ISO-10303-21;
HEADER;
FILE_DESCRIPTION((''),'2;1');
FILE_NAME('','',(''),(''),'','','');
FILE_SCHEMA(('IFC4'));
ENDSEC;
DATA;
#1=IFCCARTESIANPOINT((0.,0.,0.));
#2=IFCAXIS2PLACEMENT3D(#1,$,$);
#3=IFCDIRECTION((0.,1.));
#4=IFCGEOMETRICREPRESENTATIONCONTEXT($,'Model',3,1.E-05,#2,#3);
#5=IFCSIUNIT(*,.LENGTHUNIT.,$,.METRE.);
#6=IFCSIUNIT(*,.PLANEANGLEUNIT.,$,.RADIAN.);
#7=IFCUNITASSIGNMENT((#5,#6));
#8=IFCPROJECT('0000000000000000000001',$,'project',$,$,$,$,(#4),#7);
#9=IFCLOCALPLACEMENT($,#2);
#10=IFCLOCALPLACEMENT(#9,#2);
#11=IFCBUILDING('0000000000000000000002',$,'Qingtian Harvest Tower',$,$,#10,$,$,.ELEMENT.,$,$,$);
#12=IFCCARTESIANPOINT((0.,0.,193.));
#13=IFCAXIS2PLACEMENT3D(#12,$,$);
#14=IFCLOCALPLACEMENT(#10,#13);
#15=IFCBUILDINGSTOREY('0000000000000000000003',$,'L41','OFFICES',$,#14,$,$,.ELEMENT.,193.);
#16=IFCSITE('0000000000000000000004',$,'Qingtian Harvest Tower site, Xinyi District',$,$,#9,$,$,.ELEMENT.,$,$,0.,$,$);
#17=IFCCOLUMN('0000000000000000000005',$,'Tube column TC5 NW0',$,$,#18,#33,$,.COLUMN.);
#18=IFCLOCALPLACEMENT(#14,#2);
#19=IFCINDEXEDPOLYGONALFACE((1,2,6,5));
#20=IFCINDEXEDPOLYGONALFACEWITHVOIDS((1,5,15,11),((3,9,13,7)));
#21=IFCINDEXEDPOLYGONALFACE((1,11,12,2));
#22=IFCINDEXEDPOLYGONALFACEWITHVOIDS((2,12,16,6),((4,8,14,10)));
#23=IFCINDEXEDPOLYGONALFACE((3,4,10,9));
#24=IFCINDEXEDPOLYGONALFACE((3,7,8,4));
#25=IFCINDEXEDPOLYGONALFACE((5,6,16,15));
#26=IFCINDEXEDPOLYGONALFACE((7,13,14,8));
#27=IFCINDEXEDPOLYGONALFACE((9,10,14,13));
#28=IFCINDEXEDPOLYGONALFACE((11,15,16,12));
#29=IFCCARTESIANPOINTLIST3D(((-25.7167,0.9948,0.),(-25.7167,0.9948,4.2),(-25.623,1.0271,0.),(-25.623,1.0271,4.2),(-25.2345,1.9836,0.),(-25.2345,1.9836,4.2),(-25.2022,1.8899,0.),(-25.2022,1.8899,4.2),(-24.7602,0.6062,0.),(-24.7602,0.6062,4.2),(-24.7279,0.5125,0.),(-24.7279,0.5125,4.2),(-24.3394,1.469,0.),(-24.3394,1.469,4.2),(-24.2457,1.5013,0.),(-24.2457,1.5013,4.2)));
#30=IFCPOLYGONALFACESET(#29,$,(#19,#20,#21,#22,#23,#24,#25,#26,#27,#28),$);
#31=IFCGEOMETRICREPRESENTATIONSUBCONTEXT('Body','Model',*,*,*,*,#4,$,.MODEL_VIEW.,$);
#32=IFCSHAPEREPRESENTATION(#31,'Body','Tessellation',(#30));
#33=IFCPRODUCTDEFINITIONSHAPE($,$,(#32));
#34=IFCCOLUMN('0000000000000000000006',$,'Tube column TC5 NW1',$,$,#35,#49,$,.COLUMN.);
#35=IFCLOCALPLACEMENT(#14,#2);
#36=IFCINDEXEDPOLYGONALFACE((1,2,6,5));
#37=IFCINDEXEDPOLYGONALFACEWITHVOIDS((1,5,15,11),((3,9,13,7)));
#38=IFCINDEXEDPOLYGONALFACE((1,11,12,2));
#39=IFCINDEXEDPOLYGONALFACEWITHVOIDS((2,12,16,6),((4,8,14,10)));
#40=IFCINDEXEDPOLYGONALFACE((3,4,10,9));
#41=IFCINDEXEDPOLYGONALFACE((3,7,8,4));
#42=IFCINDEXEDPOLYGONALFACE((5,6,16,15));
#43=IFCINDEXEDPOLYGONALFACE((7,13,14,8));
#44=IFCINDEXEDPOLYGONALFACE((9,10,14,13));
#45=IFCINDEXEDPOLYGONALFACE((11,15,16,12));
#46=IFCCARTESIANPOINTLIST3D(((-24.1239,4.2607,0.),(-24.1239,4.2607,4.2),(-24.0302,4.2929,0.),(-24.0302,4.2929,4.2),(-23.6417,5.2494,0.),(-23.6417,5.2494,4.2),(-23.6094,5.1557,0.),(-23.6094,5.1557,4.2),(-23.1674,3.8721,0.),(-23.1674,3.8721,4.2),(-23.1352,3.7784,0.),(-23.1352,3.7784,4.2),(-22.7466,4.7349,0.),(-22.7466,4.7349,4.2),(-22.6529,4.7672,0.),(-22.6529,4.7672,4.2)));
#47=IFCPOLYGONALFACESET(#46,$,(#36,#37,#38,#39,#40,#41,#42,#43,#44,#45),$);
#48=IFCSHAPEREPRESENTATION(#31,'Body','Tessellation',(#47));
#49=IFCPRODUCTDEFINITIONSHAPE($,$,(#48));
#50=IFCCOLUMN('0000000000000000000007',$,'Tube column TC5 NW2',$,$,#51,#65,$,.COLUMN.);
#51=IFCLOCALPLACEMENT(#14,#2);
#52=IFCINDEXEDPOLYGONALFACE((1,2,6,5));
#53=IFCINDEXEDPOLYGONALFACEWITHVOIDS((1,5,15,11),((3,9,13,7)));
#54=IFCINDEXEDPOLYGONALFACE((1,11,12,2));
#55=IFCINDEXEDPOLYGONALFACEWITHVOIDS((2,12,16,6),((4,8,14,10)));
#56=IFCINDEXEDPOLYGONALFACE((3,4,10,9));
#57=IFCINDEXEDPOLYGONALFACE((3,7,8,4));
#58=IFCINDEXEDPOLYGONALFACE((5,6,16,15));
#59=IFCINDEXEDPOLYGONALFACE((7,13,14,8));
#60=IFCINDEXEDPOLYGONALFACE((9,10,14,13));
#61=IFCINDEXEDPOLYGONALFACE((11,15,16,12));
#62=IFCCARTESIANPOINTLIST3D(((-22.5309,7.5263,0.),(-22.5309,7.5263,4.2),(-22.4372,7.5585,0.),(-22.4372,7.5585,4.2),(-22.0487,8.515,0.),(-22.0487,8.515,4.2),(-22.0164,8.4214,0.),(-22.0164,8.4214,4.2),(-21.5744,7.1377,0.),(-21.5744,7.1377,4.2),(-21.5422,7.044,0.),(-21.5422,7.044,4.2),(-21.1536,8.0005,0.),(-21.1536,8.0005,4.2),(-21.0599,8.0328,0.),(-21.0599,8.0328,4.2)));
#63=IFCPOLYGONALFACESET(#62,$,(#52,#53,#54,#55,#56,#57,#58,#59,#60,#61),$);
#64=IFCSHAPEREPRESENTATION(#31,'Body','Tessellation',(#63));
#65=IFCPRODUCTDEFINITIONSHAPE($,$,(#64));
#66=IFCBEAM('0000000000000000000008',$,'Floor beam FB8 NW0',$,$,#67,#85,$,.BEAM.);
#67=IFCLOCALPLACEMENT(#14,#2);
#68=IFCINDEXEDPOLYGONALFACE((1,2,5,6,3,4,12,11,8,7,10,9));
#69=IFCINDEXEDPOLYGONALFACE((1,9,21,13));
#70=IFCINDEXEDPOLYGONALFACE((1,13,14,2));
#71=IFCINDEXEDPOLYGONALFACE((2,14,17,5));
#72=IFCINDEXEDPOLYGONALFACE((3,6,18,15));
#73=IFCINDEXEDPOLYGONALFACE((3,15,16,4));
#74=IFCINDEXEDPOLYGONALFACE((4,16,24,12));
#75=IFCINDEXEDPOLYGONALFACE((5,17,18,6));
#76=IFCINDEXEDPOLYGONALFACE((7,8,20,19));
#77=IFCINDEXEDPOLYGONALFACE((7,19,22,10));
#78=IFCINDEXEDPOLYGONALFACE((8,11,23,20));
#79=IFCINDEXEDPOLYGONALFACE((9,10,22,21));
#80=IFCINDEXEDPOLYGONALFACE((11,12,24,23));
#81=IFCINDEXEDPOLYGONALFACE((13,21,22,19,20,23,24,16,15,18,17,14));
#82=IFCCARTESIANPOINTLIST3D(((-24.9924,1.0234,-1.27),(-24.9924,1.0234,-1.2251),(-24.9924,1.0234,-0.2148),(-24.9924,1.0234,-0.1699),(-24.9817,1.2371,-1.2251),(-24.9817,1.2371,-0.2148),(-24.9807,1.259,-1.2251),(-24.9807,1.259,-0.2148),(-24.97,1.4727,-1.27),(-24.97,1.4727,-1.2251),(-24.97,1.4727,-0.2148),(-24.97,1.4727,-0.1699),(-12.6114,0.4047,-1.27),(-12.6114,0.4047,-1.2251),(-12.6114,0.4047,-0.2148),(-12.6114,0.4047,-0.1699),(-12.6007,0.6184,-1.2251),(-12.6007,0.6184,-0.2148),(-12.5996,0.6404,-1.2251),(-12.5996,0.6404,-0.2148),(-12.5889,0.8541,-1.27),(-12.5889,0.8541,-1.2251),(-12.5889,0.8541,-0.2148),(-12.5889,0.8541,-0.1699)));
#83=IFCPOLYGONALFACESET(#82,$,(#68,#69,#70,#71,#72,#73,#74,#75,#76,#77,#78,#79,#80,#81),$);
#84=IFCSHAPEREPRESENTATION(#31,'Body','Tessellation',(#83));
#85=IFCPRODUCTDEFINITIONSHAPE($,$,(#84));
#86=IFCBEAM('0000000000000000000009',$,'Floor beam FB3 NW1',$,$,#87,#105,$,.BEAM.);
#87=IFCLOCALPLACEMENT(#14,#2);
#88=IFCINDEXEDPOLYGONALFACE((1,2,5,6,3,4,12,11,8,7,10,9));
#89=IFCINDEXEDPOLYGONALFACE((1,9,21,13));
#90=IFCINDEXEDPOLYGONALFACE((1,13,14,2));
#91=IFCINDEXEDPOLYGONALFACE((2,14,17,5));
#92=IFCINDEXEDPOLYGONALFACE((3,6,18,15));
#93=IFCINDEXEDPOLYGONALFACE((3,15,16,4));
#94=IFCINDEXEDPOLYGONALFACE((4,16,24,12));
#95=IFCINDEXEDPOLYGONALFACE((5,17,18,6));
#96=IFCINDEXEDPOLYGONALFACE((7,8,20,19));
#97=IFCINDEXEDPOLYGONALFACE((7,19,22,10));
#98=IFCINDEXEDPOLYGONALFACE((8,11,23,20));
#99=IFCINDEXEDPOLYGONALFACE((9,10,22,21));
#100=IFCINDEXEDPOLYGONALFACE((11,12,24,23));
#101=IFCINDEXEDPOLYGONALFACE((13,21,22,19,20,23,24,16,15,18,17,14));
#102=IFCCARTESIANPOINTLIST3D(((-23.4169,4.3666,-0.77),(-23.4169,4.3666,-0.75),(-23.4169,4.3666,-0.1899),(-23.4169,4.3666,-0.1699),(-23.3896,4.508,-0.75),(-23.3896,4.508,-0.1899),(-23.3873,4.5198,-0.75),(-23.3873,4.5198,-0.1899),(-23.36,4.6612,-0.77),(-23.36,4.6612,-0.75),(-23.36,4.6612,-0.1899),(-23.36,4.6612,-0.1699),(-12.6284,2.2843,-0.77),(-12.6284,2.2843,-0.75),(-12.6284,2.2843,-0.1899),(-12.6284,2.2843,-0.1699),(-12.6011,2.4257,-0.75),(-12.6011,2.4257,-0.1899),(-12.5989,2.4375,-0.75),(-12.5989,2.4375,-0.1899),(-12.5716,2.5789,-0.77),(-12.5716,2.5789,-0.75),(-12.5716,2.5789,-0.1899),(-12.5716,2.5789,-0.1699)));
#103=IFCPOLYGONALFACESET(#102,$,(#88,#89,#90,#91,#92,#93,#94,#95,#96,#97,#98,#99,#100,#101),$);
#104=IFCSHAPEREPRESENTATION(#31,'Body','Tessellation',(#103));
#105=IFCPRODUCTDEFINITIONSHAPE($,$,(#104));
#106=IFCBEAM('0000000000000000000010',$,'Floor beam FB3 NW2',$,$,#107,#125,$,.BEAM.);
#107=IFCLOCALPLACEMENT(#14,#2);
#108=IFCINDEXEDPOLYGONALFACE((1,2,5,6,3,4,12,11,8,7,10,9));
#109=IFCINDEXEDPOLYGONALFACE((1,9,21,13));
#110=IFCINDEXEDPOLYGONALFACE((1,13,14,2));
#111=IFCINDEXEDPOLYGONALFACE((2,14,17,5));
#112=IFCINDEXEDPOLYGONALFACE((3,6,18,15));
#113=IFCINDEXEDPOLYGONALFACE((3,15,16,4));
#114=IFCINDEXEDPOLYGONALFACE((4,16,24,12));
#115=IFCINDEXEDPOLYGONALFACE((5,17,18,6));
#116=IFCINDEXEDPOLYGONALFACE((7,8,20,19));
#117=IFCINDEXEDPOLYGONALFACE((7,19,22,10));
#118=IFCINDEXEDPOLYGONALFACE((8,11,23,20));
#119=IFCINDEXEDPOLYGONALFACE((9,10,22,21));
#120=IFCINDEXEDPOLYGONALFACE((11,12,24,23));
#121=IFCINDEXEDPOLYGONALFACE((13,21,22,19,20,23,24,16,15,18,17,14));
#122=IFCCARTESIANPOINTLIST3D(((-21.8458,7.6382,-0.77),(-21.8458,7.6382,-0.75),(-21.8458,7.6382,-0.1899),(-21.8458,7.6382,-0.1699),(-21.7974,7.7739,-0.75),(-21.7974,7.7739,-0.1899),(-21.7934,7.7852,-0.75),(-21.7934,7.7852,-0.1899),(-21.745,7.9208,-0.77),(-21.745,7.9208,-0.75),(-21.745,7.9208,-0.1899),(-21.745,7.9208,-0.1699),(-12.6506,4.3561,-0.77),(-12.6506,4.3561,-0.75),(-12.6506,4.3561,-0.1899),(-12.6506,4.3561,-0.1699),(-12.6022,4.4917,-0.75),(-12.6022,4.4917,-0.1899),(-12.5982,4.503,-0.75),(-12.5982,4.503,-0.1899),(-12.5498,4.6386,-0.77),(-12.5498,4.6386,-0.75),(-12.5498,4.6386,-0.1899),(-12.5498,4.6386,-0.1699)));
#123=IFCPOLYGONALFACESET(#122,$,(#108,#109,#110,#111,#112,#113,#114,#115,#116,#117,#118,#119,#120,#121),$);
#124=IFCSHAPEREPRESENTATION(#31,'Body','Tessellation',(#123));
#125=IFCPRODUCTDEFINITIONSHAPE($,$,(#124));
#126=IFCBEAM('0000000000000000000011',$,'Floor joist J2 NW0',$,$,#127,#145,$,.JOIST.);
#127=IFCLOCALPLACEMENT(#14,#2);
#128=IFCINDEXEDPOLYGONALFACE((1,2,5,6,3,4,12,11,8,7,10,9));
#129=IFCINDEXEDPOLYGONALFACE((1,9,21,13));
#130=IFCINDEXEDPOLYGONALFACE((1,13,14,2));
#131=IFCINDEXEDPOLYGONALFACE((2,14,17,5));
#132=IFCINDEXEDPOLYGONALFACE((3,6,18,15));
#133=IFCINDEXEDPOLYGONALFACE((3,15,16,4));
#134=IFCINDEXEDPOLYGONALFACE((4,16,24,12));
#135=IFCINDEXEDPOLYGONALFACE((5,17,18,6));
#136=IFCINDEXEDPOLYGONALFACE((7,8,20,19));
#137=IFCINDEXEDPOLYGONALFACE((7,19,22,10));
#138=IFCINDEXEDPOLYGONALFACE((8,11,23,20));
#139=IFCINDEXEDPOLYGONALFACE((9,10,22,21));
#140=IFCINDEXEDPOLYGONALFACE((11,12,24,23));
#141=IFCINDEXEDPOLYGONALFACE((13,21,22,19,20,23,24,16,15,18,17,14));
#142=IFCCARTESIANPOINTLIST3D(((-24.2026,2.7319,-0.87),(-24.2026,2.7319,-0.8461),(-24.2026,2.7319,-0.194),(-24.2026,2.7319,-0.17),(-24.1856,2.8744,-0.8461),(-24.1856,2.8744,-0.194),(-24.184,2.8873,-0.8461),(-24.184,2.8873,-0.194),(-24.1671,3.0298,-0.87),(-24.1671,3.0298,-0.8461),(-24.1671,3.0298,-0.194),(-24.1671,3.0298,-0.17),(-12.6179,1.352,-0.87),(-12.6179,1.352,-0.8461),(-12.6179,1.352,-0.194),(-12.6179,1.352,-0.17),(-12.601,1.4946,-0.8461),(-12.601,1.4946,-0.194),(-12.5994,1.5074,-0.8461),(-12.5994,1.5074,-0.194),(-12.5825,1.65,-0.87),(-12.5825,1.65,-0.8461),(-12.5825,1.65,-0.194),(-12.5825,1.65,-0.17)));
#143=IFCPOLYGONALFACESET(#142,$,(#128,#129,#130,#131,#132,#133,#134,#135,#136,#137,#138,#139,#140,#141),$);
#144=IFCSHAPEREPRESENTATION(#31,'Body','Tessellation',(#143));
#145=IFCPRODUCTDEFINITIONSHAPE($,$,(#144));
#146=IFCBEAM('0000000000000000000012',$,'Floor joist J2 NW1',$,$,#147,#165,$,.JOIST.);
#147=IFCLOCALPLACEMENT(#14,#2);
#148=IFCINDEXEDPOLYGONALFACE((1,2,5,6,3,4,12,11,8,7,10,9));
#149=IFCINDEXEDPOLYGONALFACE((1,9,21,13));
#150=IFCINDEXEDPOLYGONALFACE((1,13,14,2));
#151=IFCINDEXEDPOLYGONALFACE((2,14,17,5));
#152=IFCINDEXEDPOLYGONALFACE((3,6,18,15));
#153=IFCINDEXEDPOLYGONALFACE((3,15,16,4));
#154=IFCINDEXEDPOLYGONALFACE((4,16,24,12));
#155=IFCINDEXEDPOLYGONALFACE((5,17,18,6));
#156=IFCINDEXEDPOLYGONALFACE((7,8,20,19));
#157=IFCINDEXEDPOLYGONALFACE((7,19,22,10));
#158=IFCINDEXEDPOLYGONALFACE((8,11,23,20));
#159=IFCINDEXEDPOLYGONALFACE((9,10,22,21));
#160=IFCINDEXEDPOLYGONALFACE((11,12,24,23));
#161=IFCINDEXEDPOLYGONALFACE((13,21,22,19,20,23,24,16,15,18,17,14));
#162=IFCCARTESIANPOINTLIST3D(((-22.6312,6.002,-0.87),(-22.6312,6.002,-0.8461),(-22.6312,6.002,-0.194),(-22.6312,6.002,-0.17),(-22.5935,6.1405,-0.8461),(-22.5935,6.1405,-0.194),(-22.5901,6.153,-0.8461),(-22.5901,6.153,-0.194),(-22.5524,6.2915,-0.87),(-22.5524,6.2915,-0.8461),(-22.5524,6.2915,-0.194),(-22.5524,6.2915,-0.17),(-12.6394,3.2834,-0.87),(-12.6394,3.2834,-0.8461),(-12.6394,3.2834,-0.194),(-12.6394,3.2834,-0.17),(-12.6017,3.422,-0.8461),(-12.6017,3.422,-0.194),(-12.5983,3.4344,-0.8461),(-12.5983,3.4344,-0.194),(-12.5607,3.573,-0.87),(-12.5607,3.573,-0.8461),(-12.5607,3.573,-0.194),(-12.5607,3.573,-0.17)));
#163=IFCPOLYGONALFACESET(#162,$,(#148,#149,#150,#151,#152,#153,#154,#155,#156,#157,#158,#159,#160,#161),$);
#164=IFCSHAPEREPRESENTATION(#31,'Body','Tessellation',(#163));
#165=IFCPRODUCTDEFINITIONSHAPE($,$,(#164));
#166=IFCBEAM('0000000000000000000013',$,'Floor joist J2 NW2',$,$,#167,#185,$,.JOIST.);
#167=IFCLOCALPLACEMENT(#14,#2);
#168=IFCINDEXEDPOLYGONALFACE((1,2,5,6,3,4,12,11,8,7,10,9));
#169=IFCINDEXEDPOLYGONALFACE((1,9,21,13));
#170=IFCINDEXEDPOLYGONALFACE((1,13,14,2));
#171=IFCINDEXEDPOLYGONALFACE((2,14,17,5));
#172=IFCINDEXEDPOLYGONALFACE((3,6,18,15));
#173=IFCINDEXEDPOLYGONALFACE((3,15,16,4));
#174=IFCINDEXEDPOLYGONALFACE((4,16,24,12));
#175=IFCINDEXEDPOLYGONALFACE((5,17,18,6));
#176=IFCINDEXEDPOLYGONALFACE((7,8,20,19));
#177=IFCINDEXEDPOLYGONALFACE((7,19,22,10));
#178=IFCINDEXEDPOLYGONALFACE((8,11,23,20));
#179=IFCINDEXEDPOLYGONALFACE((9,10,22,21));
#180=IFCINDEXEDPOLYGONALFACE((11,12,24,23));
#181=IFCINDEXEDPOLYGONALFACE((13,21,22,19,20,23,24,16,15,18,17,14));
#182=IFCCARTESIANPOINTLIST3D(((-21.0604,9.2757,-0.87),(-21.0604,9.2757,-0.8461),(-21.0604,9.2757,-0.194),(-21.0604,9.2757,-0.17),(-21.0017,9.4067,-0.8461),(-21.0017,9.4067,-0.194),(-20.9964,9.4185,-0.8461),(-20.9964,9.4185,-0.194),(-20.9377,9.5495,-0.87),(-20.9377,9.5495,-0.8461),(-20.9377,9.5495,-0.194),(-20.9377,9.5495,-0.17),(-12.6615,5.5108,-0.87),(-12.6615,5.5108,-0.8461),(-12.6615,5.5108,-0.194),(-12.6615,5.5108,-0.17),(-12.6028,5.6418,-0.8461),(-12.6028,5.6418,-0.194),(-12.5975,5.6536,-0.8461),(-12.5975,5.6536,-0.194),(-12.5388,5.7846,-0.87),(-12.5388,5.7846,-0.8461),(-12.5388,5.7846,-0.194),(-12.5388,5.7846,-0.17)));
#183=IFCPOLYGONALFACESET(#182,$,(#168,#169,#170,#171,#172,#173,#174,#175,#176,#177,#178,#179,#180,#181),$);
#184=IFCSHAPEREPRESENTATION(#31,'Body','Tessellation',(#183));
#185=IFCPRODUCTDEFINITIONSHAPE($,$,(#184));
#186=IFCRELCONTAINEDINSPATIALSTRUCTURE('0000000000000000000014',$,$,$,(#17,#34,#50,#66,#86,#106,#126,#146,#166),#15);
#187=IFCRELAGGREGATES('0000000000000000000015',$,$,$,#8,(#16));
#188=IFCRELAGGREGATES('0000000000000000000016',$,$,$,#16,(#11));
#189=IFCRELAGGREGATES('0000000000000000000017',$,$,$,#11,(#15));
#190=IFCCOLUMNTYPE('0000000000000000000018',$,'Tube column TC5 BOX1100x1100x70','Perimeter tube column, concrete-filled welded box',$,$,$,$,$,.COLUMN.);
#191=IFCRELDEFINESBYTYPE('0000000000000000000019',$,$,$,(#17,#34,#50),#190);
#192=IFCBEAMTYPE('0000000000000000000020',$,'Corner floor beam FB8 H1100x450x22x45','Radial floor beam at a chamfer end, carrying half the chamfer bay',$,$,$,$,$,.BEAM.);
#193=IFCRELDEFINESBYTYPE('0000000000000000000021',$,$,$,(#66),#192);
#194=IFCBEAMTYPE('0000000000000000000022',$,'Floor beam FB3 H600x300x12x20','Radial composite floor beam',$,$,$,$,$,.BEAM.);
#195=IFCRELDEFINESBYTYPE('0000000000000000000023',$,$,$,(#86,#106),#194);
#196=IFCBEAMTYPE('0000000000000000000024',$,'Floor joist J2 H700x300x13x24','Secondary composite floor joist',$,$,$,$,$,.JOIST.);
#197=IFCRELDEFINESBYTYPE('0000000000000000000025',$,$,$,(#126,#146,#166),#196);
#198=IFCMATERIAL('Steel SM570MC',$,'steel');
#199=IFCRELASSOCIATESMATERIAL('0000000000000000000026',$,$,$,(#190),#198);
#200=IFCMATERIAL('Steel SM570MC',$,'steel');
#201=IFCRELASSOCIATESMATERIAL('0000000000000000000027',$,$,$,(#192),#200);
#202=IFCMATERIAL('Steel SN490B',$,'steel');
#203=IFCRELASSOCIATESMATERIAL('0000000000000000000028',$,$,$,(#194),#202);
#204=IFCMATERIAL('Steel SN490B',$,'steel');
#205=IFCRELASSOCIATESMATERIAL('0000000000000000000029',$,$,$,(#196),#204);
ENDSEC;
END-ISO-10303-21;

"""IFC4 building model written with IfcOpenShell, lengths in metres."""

from ifc_helpers import new_model, si_unit, direction, frame, origin, origin_2d, place, context, subcontext, project, spatial, hollow_rectangle, i_section, extrude, material, material_profile, profile_set, type_object, element, save


model = new_model("IFC4")

# Units and contexts
model_context = context("Model", 3, precision=1e-05, world=origin(), true_north=direction((0.0, 1.0)))
body_context = subcontext(model_context, "Body", "Model", "MODEL_VIEW")
ifc_project = project(units=[si_unit("LENGTHUNIT", "METRE"), si_unit("PLANEANGLEUNIT", "RADIAN")], contexts=[model_context])

# Site, building, storey
site_placement = place(None, origin())
site = spatial("IfcSite", under=ifc_project, at=site_placement, Name="Qingtian Harvest Tower site, Xinyi District", CompositionType="ELEMENT", RefElevation=0.0)
building_placement = place(site_placement, origin())
building = spatial("IfcBuilding", under=site, at=building_placement, Name="Qingtian Harvest Tower", CompositionType="ELEMENT")
storey_placement = place(building_placement, frame((0.0, 0.0, 193.0)))
storey = spatial("IfcBuildingStorey", under=building, at=storey_placement, Name="L41", Description="OFFICES", CompositionType="ELEMENT", Elevation=193.0)

# Columns
ifc_material_1 = material(Name="Steel SM570MC", Category="steel")
ifc_material_profile_1 = material_profile(ifc_material_1, hollow_rectangle(XDim=1.1001, YDim=1.1001, WallThickness=0.0701, at=origin_2d()), Name="BOX1100x1100x70")
ifc_profile_set_1 = profile_set([ifc_material_profile_1], Name="Steel SM570MC")
column_type = type_object("IfcColumnType", Name="Tube column TC5 BOX1100x1100x70", Description="Perimeter tube column, concrete-filled welded box", PredefinedType="COLUMN", material=ifc_profile_set_1)
for number, where, z_axis, x_axis, name in (
    (1, (-24.9812, 1.248, 0.0), (0.0, 0.0, 1.0), (-0.438371, -0.898794, 0.0), "Tube column TC5 NW0"),
    (2, (-23.3884, 4.5139, 0.0), (0.0, 0.0, 1.0), (-0.438371, -0.898794, 0.0), "Tube column TC5 NW1"),
    (3, (-21.7954, 7.7795, 0.0), (0.0, 0.0, 1.0), (-0.438371, -0.898794, 0.0), "Tube column TC5 NW2"),
):
    element("IfcColumn", number, at=place(storey_placement, frame(where, z_axis=z_axis, x_axis=x_axis)), inside=storey, type_object=column_type, Name=name, PredefinedType="COLUMN", context=body_context, shape_type="SweptSolid", body=[
        extrude(hollow_rectangle(XDim=1.1001, YDim=1.1001, WallThickness=0.0701, at=origin_2d()), origin(), (0.0, 0.0, 1.0), 4.2),
    ])

# Beams
ifc_material_2 = material(Name="Steel SM570MC", Category="steel")
ifc_material_profile_2 = material_profile(ifc_material_2, i_section(OverallWidth=0.45, OverallDepth=1.1001, WebThickness=0.022, FlangeThickness=0.0449, at=origin_2d()), Name="H1100x450x22x45")
ifc_profile_set_2 = profile_set([ifc_material_profile_2], Name="Steel SM570MC")
beam_type_1 = type_object("IfcBeamType", Name="Corner floor beam FB8 H1100x450x22x45", Description="Radial floor beam at a chamfer end, carrying half the chamfer bay", PredefinedType="BEAM", material=ifc_profile_set_2)
beam_1_placement = place(storey_placement, frame((-24.9812, 1.248, -0.72), z_axis=(0.998754, -0.049905, 0.0), x_axis=(0.049905, 0.998754, 0.0)))
element("IfcBeam", 4, at=beam_1_placement, inside=storey, type_object=beam_type_1, Name="Floor beam FB8 NW0", PredefinedType="BEAM", context=body_context, shape_type="SweptSolid", body=[
    extrude(i_section(OverallWidth=0.45, OverallDepth=1.1001, WebThickness=0.022, FlangeThickness=0.0449, at=origin_2d()), origin(), (0.0, 0.0, 1.0), 12.3965),
])
ifc_material_3 = material(Name="Steel SN490B", Category="steel")
ifc_material_profile_3 = material_profile(ifc_material_3, i_section(OverallWidth=0.3, OverallDepth=0.6001, WebThickness=0.012, FlangeThickness=0.02, at=origin_2d()), Name="H600x300x12x20")
ifc_profile_set_3 = profile_set([ifc_material_profile_3], Name="Steel SN490B")
beam_type_2 = type_object("IfcBeamType", Name="Floor beam FB3 H600x300x12x20", Description="Radial composite floor beam", PredefinedType="BEAM", material=ifc_profile_set_3)
beam_2_placement = place(storey_placement, frame((-23.3884, 4.5139, -0.47), z_axis=(0.981878, -0.189514, 0.0), x_axis=(0.189514, 0.981878, 0.0)))
element("IfcBeam", 5, at=beam_2_placement, inside=storey, type_object=beam_type_2, Name="Floor beam FB3 NW1", PredefinedType="BEAM", context=body_context, shape_type="SweptSolid", body=[
    extrude(i_section(OverallWidth=0.3, OverallDepth=0.6001, WebThickness=0.012, FlangeThickness=0.02, at=origin_2d()), origin(), (0.0, 0.0, 1.0), 10.9875),
])
beam_3_placement = place(storey_placement, frame((-21.7954, 7.7795, -0.47), z_axis=(0.941801, -0.336172, 0.0), x_axis=(0.336172, 0.941801, 0.0)))
element("IfcBeam", 6, at=beam_3_placement, inside=storey, type_object=beam_type_2, Name="Floor beam FB3 NW2", PredefinedType="BEAM", context=body_context, shape_type="SweptSolid", body=[
    extrude(i_section(OverallWidth=0.3, OverallDepth=0.6001, WebThickness=0.012, FlangeThickness=0.02, at=origin_2d()), origin(), (0.0, 0.0, 1.0), 9.7634),
])
ifc_material_4 = material(Name="Steel SN490B", Category="steel")
ifc_material_profile_4 = material_profile(ifc_material_4, i_section(OverallWidth=0.3, OverallDepth=0.7, WebThickness=0.0129, FlangeThickness=0.0239, at=origin_2d()), Name="H700x300x13x24")
ifc_profile_set_4 = profile_set([ifc_material_profile_4], Name="Steel SN490B")
beam_type_3 = type_object("IfcBeamType", Name="Floor joist J2 H700x300x13x24", Description="Secondary composite floor joist", PredefinedType="JOIST", material=ifc_profile_set_4)
beam_4_placement = place(storey_placement, frame((-24.1848, 2.8809, -0.52), z_axis=(0.992981, -0.118276, 0.0), x_axis=(0.118276, 0.992981, 0.0)))
element("IfcBeam", 7, at=beam_4_placement, inside=storey, type_object=beam_type_3, Name="Floor joist J2 NW0", PredefinedType="JOIST", context=body_context, shape_type="SweptSolid", body=[
    extrude(i_section(OverallWidth=0.3, OverallDepth=0.7, WebThickness=0.0129, FlangeThickness=0.0239, at=origin_2d()), origin(), (0.0, 0.0, 1.0), 11.6665),
])
beam_5_placement = place(storey_placement, frame((-22.5918, 6.1467, -0.52), z_axis=(0.964923, -0.262533, 0.0), x_axis=(0.262533, 0.964923, 0.0)))
element("IfcBeam", 8, at=beam_5_placement, inside=storey, type_object=beam_type_3, Name="Floor joist J2 NW1", PredefinedType="JOIST", context=body_context, shape_type="SweptSolid", body=[
    extrude(i_section(OverallWidth=0.3, OverallDepth=0.7, WebThickness=0.0129, FlangeThickness=0.0239, at=origin_2d()), origin(), (0.0, 0.0, 1.0), 10.355),
])
beam_6_placement = place(storey_placement, frame((-20.999, 9.4126, -0.52), z_axis=(0.912515, -0.409043, 0.0), x_axis=(0.409043, 0.912515, 0.0)))
element("IfcBeam", 9, at=beam_6_placement, inside=storey, type_object=beam_type_3, Name="Floor joist J2 NW2", PredefinedType="JOIST", context=body_context, shape_type="SweptSolid", body=[
    extrude(i_section(OverallWidth=0.3, OverallDepth=0.7, WebThickness=0.0129, FlangeThickness=0.0239, at=origin_2d()), origin(), (0.0, 0.0, 1.0), 9.2041),
])

save(model, "model.ifc")
